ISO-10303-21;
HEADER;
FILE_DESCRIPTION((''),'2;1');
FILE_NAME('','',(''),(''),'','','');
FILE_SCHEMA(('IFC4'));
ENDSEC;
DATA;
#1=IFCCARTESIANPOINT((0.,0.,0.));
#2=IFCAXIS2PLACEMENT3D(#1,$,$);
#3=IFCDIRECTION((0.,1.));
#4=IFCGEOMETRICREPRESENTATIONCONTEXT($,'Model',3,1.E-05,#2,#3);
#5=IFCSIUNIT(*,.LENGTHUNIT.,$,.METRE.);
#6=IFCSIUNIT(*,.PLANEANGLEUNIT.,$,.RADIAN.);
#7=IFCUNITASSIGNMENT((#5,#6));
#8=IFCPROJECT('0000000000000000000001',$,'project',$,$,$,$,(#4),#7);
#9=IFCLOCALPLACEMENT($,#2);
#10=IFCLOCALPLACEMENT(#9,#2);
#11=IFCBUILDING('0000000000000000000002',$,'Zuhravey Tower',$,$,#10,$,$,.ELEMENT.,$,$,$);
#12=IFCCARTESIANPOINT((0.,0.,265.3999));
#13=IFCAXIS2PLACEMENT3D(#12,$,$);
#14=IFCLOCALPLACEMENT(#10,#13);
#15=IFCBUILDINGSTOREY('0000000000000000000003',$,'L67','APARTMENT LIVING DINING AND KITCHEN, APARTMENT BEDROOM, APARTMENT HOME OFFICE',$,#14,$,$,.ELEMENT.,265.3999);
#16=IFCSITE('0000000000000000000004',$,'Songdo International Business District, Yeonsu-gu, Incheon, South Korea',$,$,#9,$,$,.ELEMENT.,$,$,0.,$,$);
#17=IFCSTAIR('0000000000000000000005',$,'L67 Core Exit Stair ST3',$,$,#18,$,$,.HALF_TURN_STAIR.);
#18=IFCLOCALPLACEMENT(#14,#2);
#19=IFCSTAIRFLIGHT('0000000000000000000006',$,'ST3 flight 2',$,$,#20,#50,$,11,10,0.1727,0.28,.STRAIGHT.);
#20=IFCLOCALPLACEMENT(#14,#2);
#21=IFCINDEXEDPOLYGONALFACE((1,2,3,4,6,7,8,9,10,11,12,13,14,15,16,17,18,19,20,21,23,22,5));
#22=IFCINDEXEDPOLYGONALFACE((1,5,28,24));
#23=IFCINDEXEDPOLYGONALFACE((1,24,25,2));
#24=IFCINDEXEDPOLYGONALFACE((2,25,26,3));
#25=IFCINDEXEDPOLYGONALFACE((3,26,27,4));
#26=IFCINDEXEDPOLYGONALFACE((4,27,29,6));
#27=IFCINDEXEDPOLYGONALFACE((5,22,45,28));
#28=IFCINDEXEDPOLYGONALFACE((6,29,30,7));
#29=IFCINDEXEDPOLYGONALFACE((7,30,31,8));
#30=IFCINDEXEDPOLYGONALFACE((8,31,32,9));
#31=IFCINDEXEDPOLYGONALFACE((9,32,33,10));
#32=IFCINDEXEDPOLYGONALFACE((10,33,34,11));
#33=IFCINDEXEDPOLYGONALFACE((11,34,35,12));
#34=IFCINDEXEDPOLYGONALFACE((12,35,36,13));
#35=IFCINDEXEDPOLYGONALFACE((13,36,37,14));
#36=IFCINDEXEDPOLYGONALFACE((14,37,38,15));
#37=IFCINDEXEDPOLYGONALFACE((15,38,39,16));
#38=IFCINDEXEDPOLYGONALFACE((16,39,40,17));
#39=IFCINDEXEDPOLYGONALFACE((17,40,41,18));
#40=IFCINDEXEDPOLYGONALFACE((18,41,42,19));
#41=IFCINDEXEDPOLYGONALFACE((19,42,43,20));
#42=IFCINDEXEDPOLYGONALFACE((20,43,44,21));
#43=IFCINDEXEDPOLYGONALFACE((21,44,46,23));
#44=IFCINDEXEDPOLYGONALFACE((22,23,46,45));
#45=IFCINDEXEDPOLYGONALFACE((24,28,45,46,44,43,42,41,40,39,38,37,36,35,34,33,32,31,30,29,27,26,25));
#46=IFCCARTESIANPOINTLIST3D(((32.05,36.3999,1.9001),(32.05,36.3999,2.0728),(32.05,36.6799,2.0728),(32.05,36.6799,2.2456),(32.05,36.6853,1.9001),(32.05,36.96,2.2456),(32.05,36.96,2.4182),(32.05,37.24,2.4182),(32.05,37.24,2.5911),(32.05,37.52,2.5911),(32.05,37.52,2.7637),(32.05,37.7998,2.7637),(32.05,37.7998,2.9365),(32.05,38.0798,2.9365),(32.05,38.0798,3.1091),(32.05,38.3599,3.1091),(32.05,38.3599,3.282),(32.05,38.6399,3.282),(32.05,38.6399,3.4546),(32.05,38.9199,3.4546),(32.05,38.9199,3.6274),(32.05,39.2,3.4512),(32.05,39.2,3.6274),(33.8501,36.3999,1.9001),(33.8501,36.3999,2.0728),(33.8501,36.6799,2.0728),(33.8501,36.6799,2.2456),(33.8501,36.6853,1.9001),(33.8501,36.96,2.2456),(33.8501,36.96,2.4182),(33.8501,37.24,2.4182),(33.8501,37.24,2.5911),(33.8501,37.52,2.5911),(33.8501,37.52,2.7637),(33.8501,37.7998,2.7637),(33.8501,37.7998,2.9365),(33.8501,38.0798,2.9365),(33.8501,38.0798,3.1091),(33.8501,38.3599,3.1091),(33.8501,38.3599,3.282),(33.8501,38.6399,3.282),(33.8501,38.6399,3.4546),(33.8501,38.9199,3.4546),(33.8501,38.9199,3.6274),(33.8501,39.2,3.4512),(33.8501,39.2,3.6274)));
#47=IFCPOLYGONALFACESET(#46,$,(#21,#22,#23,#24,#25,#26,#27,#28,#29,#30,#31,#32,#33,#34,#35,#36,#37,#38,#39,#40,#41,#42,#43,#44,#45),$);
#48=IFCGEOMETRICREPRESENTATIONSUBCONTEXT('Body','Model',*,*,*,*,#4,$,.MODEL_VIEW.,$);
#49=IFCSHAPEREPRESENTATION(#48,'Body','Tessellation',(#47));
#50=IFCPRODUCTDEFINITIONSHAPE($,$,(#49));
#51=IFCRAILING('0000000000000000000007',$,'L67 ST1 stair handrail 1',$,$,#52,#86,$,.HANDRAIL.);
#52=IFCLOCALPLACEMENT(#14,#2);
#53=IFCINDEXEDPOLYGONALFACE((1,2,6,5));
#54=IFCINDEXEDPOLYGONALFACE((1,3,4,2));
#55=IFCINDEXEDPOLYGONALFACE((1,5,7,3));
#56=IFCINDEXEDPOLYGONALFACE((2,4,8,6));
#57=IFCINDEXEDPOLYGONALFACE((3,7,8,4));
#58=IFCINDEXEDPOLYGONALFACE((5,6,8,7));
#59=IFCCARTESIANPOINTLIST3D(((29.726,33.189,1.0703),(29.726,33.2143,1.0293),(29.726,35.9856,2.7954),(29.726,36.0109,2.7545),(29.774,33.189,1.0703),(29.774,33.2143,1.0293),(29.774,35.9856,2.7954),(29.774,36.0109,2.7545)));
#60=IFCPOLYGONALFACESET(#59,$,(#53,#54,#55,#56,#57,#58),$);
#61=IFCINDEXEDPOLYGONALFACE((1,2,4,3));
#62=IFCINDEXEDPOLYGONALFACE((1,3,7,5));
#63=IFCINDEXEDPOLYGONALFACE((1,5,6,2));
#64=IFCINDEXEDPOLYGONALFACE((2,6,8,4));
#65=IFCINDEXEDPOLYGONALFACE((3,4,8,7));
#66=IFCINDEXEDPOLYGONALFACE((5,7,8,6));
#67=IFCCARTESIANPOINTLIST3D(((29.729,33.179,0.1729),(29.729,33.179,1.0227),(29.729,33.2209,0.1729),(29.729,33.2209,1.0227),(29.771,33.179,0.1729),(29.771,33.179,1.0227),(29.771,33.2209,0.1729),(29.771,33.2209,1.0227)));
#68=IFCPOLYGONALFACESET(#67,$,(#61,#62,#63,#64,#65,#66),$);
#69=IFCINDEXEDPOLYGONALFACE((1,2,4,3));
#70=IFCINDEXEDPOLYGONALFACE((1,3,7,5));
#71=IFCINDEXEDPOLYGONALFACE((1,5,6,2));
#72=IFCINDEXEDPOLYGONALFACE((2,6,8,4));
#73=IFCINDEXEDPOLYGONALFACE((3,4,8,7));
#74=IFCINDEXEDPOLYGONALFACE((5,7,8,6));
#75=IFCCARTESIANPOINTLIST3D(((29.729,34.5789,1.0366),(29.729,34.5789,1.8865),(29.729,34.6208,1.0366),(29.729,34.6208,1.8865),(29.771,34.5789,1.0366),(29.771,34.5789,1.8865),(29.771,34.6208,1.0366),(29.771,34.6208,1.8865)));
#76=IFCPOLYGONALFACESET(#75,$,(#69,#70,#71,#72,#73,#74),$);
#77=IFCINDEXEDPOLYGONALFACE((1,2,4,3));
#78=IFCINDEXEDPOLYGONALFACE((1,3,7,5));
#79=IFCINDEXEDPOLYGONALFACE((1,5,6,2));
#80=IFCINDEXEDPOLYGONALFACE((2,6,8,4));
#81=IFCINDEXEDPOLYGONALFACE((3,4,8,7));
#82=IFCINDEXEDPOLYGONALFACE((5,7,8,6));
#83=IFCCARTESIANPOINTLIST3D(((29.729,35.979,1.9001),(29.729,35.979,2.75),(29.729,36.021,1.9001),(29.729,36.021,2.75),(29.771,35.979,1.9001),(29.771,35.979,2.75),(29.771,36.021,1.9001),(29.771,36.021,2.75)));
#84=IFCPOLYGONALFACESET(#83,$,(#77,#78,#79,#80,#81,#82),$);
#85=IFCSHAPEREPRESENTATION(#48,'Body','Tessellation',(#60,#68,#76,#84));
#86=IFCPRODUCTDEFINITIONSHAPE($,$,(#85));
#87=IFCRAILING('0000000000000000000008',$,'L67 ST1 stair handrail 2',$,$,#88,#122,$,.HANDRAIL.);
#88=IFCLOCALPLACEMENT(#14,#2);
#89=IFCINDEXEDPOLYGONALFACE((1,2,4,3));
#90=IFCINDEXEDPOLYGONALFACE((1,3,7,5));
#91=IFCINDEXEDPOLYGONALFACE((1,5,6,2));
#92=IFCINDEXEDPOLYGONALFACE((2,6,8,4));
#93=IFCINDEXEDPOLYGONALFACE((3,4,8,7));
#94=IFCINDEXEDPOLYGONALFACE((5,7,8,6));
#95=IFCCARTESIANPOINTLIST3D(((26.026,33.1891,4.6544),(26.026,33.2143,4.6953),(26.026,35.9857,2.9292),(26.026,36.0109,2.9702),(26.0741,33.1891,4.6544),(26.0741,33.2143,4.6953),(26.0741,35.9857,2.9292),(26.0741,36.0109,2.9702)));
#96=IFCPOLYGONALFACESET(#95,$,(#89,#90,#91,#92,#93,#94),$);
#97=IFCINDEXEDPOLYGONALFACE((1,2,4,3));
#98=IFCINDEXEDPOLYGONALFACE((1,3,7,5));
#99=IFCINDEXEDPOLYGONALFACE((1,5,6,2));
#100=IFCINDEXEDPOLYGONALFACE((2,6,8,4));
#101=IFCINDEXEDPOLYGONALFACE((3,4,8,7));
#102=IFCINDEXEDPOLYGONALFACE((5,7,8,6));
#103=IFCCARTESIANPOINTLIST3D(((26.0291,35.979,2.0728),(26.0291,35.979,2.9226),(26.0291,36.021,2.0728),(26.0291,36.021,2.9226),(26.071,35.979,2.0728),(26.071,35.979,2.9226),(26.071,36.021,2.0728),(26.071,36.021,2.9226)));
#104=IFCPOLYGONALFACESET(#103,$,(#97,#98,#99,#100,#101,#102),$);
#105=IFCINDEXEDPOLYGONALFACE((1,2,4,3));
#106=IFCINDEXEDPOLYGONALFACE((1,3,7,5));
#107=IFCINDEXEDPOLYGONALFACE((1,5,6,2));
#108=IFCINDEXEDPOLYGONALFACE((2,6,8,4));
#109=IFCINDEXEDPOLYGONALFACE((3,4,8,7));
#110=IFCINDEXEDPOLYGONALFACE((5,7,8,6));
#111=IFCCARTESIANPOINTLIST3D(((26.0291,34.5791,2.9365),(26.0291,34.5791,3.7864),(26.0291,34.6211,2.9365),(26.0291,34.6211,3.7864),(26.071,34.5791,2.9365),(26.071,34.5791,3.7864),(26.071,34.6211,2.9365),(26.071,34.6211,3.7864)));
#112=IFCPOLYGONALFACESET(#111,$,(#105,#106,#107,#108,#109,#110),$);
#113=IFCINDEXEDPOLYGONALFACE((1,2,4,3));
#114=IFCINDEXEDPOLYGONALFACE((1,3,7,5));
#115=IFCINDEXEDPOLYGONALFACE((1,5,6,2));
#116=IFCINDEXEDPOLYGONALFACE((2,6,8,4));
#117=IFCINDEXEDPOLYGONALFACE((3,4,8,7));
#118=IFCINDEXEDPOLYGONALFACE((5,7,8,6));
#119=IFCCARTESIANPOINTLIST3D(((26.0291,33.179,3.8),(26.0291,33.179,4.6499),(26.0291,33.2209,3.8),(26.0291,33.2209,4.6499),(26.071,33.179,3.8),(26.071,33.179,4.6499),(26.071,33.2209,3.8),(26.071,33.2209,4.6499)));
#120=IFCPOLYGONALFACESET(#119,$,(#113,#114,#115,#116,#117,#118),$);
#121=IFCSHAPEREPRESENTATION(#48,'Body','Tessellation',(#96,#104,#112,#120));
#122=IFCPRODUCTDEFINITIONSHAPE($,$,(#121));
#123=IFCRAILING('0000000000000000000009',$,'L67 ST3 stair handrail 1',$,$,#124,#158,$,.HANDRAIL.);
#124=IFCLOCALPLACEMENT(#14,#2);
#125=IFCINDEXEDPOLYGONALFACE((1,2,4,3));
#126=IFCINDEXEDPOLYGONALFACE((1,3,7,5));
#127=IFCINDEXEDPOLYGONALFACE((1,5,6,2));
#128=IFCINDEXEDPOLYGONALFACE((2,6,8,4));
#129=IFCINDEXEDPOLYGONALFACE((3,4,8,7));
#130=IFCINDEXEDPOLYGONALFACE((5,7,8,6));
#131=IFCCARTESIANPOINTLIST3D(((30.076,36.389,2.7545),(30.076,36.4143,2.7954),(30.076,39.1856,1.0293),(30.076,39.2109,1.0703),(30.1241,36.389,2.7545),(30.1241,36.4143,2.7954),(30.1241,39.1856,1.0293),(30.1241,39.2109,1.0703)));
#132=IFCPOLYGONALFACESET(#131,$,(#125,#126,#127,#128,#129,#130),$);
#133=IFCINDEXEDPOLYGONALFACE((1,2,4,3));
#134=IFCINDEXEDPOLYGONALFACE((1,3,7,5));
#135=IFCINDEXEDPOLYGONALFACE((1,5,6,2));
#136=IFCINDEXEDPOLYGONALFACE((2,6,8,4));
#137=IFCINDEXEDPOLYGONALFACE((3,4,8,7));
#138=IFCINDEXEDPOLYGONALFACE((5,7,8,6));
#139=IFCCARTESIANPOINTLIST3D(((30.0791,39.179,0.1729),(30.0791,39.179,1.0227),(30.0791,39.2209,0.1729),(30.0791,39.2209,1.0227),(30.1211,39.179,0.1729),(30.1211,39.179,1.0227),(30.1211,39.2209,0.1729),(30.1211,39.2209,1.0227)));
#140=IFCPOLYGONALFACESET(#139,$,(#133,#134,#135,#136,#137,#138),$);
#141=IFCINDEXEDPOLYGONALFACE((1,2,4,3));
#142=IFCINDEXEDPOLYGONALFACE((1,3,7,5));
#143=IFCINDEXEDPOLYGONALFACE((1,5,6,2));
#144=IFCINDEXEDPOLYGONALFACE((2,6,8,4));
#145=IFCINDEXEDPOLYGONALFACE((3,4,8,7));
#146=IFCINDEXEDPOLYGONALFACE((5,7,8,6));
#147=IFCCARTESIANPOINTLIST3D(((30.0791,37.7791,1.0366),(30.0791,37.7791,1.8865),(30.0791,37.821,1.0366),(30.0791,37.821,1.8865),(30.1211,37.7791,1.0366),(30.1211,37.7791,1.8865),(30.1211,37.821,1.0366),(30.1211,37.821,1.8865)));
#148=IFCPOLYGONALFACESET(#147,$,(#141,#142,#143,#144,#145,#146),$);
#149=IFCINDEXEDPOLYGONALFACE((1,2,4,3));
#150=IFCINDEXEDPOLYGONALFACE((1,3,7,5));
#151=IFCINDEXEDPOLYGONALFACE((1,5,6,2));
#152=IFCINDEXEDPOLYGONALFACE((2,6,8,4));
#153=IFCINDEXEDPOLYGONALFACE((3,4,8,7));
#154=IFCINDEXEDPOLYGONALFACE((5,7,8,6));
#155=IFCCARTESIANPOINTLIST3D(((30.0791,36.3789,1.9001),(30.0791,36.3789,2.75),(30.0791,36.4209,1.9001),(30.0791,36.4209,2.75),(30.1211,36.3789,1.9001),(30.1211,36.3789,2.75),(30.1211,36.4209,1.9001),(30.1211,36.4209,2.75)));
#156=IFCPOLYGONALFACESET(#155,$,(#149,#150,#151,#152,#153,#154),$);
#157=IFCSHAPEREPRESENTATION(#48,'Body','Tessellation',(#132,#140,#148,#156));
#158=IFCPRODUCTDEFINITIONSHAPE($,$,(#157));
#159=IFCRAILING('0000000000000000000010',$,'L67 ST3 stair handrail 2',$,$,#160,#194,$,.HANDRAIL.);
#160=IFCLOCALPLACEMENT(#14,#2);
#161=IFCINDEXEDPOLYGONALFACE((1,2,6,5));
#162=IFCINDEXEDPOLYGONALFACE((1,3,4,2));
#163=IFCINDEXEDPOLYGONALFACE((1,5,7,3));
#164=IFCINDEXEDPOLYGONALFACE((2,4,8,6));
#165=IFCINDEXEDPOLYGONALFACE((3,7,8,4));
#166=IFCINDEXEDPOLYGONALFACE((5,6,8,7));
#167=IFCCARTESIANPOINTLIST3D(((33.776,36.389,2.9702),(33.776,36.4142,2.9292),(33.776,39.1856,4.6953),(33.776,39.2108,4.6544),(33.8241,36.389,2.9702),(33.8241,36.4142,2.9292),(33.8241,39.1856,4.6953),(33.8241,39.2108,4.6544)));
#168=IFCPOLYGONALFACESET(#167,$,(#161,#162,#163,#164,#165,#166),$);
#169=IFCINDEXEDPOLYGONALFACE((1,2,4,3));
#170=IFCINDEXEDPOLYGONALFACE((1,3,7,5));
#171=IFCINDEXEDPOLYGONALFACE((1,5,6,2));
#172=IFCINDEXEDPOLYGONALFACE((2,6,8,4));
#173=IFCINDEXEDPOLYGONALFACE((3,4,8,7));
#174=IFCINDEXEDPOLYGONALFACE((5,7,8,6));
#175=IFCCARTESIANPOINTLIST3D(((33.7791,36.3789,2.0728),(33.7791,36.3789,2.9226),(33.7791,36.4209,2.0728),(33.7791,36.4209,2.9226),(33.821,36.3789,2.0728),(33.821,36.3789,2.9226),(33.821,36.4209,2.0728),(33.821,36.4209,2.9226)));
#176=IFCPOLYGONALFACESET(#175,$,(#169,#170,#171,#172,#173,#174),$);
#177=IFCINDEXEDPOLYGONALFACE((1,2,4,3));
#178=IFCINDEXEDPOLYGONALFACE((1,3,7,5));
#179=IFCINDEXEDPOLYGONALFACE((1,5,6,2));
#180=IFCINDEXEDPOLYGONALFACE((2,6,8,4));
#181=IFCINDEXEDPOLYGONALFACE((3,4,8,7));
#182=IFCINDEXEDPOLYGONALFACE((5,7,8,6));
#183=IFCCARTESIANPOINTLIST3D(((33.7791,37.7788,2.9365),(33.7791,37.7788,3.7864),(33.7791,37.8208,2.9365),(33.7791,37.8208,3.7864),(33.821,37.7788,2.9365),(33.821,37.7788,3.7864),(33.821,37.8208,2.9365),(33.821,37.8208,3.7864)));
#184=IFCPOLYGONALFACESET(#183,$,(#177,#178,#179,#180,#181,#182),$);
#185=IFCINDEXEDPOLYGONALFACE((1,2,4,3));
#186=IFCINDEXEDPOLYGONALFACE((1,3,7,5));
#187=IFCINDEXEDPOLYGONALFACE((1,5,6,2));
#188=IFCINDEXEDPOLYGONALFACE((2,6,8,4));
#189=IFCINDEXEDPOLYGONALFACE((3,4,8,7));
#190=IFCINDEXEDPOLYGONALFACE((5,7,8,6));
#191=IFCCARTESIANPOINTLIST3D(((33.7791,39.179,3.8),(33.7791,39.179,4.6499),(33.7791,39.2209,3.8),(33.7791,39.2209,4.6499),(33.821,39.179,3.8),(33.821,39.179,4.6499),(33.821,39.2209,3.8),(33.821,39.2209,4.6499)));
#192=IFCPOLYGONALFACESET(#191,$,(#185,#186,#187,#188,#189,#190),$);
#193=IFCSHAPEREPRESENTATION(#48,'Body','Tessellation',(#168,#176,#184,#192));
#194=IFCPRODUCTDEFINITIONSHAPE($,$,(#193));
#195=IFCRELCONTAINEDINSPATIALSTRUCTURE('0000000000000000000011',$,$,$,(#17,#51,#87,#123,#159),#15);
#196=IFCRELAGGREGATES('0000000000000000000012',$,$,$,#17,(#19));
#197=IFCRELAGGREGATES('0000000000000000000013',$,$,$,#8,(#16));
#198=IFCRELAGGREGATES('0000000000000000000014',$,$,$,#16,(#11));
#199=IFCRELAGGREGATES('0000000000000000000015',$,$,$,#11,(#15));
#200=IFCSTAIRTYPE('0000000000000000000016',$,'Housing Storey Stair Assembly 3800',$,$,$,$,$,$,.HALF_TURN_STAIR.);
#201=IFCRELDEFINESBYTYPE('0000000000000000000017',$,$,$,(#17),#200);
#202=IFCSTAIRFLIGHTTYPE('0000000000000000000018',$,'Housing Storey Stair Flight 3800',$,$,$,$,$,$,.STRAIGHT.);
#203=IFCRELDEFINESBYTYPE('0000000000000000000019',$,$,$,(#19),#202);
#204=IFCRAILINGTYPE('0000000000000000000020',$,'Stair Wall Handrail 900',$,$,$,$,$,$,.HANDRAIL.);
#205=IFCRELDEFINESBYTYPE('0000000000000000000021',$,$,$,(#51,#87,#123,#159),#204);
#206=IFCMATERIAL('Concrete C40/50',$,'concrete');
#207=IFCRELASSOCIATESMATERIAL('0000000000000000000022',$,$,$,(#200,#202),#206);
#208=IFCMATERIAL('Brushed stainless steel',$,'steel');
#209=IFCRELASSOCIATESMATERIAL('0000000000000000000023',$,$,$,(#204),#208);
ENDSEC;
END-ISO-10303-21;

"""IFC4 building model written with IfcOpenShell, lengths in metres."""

from ifc_helpers import new_model, si_unit, direction, frame, origin, origin_2d, place, context, subcontext, project, spatial, polyline, rectangle, outline, extrude, material, type_object, element, aggregate, save


model = new_model("IFC4")

# Units and contexts
model_context = context("Model", 3, precision=1e-05, world=origin(), true_north=direction((0.0, 1.0)))
body_context = subcontext(model_context, "Body", "Model", "MODEL_VIEW")
ifc_project = project(units=[si_unit("LENGTHUNIT", "METRE"), si_unit("PLANEANGLEUNIT", "RADIAN")], contexts=[model_context])

# Site, building, storey
site_placement = place(None, origin())
site = spatial("IfcSite", under=ifc_project, at=site_placement, Name="Songdo International Business District, Yeonsu-gu, Incheon, South Korea", CompositionType="ELEMENT", RefElevation=0.0)
building_placement = place(site_placement, origin())
building = spatial("IfcBuilding", under=site, at=building_placement, Name="Zuhravey Tower", CompositionType="ELEMENT")
storey_placement = place(building_placement, frame((0.0, 0.0, 265.3999)))
storey = spatial("IfcBuildingStorey", under=building, at=storey_placement, Name="L67", Description="APARTMENT LIVING DINING AND KITCHEN, APARTMENT BEDROOM, APARTMENT HOME OFFICE", CompositionType="ELEMENT", Elevation=265.3999)

# Stair, stair flight
ifc_material_1 = material(Name="Concrete C40/50", Category="concrete")
stair_type = type_object("IfcStairType", Name="Housing Storey Stair Assembly 3800", PredefinedType="HALF_TURN_STAIR", material=ifc_material_1)
stair_flight_type = type_object("IfcStairFlightType", Name="Housing Storey Stair Flight 3800", PredefinedType="STRAIGHT", material=ifc_material_1)
stair_1_placement = place(storey_placement, origin())
stair_1 = element("IfcStair", 1, at=stair_1_placement, inside=storey, type_object=stair_type, Name="L67 Core Exit Stair ST3", PredefinedType="HALF_TURN_STAIR")
stair_flight_1_placement = place(storey_placement, frame((32.95, 36.3999, 1.9001), z_axis=(0.0, 0.0, 1.0), x_axis=(0.0, 1.0, 0.0)))
stair_flight_1 = element("IfcStairFlight", 2, at=stair_flight_1_placement, type_object=stair_flight_type, Name="ST3 flight 2", NumberOfRisers=11, NumberOfTreads=10, PredefinedType="STRAIGHT", RiserHeight=0.1727, TreadLength=0.28, context=body_context, shape_type="SweptSolid", body=[
    extrude(outline(polyline([(0.0, 0.0), (0.0, 0.1726), (0.28, 0.1726), (0.28, 0.3455), (0.5601, 0.3455), (0.5601, 0.5181), (0.8401, 0.5181), (0.8401, 0.6909), (1.1201, 0.6909), (1.1201, 0.8635), (1.3999, 0.8635), (1.3999, 1.0364), (1.6799, 1.0364), (1.6799, 1.209), (1.96, 1.209), (1.96, 1.3818), (2.24, 1.3818), (2.24, 1.5544), (2.52, 1.5544), (2.52, 1.7273), (2.8, 1.7273), (2.8, 1.8999), (2.8, 1.551), (0.2854, 0.0), (0.0, 0.0)])), frame((0.0, 0.8999, 0.0), z_axis=(0.0, -1.0, 0.0), x_axis=(1.0, 0.0, 0.0)), (0.0, 0.0, 1.0), 1.8),
])
aggregate(stair_1, [stair_flight_1])

# Railings
ifc_material_2 = material(Name="Brushed stainless steel", Category="steel")
railing_type_1 = type_object("IfcRailingType", Name="Stair Wall Handrail 900", PredefinedType="HANDRAIL", material=ifc_material_2)
railing_1_placement = place(storey_placement, frame((29.75, 33.2, 0.1729)))
element("IfcRailing", 3, at=railing_1_placement, inside=storey, type_object=railing_type_1, Name="L67 ST1 stair handrail 1", PredefinedType="HANDRAIL", context=body_context, shape_type="SweptSolid", body=[
    extrude(rectangle(XDim=0.0481, YDim=0.0481, at=origin_2d()), frame((0.0, 0.0017, 0.877), z_axis=(0.0, 0.85109, 0.52502), x_axis=(-1.0, 0.0, 0.0)), (0.0, 0.0, 1.0), 3.2859),
    extrude(rectangle(XDim=0.042, YDim=0.042, at=origin_2d()), origin(), (0.0, 0.0, 1.0), 0.8499),
    extrude(rectangle(XDim=0.042, YDim=0.042, at=origin_2d()), frame((0.0, 1.3999, 0.8638)), (0.0, 0.0, 1.0), 0.8499),
    extrude(rectangle(XDim=0.042, YDim=0.042, at=origin_2d()), frame((0.0, 2.8, 1.7273)), (0.0, 0.0, 1.0), 0.8499),
])
for number, where, name in (
    (4, (26.05, 36.0, 2.0728), "L67 ST1 stair handrail 2"),
    (5, (30.1001, 39.2, 0.1729), "L67 ST3 stair handrail 1"),
):
    element("IfcRailing", number, at=place(storey_placement, frame(where)), inside=storey, type_object=railing_type_1, Name=name, PredefinedType="HANDRAIL", context=body_context, shape_type="SweptSolid", body=[
        extrude(rectangle(XDim=0.0481, YDim=0.0481, at=origin_2d()), frame((0.0, -0.0017, 0.877), z_axis=(0.0, -0.85109, 0.52502), x_axis=(1.0, 0.0, 0.0)), (0.0, 0.0, 1.0), 3.2859),
        extrude(rectangle(XDim=0.042, YDim=0.042, at=origin_2d()), origin(), (0.0, 0.0, 1.0), 0.8499),
        extrude(rectangle(XDim=0.042, YDim=0.042, at=origin_2d()), frame((0.0, -1.3999, 0.8638)), (0.0, 0.0, 1.0), 0.8499),
        extrude(rectangle(XDim=0.042, YDim=0.042, at=origin_2d()), frame((0.0, -2.8, 1.7273)), (0.0, 0.0, 1.0), 0.8499),
    ])
railing_2_placement = place(storey_placement, frame((33.8, 36.3999, 2.0728)))
element("IfcRailing", 6, at=railing_2_placement, inside=storey, type_object=railing_type_1, Name="L67 ST3 stair handrail 2", PredefinedType="HANDRAIL", context=body_context, shape_type="SweptSolid", body=[
    extrude(rectangle(XDim=0.0481, YDim=0.0481, at=origin_2d()), frame((0.0, 0.0017, 0.877), z_axis=(0.0, 0.85109, 0.52502), x_axis=(-1.0, 0.0, 0.0)), (0.0, 0.0, 1.0), 3.2859),
    extrude(rectangle(XDim=0.042, YDim=0.042, at=origin_2d()), origin(), (0.0, 0.0, 1.0), 0.8499),
    extrude(rectangle(XDim=0.042, YDim=0.042, at=origin_2d()), frame((0.0, 1.3999, 0.8638)), (0.0, 0.0, 1.0), 0.8499),
    extrude(rectangle(XDim=0.042, YDim=0.042, at=origin_2d()), frame((0.0, 2.8, 1.7273)), (0.0, 0.0, 1.0), 0.8499),
])

save(model, "model.ifc")
